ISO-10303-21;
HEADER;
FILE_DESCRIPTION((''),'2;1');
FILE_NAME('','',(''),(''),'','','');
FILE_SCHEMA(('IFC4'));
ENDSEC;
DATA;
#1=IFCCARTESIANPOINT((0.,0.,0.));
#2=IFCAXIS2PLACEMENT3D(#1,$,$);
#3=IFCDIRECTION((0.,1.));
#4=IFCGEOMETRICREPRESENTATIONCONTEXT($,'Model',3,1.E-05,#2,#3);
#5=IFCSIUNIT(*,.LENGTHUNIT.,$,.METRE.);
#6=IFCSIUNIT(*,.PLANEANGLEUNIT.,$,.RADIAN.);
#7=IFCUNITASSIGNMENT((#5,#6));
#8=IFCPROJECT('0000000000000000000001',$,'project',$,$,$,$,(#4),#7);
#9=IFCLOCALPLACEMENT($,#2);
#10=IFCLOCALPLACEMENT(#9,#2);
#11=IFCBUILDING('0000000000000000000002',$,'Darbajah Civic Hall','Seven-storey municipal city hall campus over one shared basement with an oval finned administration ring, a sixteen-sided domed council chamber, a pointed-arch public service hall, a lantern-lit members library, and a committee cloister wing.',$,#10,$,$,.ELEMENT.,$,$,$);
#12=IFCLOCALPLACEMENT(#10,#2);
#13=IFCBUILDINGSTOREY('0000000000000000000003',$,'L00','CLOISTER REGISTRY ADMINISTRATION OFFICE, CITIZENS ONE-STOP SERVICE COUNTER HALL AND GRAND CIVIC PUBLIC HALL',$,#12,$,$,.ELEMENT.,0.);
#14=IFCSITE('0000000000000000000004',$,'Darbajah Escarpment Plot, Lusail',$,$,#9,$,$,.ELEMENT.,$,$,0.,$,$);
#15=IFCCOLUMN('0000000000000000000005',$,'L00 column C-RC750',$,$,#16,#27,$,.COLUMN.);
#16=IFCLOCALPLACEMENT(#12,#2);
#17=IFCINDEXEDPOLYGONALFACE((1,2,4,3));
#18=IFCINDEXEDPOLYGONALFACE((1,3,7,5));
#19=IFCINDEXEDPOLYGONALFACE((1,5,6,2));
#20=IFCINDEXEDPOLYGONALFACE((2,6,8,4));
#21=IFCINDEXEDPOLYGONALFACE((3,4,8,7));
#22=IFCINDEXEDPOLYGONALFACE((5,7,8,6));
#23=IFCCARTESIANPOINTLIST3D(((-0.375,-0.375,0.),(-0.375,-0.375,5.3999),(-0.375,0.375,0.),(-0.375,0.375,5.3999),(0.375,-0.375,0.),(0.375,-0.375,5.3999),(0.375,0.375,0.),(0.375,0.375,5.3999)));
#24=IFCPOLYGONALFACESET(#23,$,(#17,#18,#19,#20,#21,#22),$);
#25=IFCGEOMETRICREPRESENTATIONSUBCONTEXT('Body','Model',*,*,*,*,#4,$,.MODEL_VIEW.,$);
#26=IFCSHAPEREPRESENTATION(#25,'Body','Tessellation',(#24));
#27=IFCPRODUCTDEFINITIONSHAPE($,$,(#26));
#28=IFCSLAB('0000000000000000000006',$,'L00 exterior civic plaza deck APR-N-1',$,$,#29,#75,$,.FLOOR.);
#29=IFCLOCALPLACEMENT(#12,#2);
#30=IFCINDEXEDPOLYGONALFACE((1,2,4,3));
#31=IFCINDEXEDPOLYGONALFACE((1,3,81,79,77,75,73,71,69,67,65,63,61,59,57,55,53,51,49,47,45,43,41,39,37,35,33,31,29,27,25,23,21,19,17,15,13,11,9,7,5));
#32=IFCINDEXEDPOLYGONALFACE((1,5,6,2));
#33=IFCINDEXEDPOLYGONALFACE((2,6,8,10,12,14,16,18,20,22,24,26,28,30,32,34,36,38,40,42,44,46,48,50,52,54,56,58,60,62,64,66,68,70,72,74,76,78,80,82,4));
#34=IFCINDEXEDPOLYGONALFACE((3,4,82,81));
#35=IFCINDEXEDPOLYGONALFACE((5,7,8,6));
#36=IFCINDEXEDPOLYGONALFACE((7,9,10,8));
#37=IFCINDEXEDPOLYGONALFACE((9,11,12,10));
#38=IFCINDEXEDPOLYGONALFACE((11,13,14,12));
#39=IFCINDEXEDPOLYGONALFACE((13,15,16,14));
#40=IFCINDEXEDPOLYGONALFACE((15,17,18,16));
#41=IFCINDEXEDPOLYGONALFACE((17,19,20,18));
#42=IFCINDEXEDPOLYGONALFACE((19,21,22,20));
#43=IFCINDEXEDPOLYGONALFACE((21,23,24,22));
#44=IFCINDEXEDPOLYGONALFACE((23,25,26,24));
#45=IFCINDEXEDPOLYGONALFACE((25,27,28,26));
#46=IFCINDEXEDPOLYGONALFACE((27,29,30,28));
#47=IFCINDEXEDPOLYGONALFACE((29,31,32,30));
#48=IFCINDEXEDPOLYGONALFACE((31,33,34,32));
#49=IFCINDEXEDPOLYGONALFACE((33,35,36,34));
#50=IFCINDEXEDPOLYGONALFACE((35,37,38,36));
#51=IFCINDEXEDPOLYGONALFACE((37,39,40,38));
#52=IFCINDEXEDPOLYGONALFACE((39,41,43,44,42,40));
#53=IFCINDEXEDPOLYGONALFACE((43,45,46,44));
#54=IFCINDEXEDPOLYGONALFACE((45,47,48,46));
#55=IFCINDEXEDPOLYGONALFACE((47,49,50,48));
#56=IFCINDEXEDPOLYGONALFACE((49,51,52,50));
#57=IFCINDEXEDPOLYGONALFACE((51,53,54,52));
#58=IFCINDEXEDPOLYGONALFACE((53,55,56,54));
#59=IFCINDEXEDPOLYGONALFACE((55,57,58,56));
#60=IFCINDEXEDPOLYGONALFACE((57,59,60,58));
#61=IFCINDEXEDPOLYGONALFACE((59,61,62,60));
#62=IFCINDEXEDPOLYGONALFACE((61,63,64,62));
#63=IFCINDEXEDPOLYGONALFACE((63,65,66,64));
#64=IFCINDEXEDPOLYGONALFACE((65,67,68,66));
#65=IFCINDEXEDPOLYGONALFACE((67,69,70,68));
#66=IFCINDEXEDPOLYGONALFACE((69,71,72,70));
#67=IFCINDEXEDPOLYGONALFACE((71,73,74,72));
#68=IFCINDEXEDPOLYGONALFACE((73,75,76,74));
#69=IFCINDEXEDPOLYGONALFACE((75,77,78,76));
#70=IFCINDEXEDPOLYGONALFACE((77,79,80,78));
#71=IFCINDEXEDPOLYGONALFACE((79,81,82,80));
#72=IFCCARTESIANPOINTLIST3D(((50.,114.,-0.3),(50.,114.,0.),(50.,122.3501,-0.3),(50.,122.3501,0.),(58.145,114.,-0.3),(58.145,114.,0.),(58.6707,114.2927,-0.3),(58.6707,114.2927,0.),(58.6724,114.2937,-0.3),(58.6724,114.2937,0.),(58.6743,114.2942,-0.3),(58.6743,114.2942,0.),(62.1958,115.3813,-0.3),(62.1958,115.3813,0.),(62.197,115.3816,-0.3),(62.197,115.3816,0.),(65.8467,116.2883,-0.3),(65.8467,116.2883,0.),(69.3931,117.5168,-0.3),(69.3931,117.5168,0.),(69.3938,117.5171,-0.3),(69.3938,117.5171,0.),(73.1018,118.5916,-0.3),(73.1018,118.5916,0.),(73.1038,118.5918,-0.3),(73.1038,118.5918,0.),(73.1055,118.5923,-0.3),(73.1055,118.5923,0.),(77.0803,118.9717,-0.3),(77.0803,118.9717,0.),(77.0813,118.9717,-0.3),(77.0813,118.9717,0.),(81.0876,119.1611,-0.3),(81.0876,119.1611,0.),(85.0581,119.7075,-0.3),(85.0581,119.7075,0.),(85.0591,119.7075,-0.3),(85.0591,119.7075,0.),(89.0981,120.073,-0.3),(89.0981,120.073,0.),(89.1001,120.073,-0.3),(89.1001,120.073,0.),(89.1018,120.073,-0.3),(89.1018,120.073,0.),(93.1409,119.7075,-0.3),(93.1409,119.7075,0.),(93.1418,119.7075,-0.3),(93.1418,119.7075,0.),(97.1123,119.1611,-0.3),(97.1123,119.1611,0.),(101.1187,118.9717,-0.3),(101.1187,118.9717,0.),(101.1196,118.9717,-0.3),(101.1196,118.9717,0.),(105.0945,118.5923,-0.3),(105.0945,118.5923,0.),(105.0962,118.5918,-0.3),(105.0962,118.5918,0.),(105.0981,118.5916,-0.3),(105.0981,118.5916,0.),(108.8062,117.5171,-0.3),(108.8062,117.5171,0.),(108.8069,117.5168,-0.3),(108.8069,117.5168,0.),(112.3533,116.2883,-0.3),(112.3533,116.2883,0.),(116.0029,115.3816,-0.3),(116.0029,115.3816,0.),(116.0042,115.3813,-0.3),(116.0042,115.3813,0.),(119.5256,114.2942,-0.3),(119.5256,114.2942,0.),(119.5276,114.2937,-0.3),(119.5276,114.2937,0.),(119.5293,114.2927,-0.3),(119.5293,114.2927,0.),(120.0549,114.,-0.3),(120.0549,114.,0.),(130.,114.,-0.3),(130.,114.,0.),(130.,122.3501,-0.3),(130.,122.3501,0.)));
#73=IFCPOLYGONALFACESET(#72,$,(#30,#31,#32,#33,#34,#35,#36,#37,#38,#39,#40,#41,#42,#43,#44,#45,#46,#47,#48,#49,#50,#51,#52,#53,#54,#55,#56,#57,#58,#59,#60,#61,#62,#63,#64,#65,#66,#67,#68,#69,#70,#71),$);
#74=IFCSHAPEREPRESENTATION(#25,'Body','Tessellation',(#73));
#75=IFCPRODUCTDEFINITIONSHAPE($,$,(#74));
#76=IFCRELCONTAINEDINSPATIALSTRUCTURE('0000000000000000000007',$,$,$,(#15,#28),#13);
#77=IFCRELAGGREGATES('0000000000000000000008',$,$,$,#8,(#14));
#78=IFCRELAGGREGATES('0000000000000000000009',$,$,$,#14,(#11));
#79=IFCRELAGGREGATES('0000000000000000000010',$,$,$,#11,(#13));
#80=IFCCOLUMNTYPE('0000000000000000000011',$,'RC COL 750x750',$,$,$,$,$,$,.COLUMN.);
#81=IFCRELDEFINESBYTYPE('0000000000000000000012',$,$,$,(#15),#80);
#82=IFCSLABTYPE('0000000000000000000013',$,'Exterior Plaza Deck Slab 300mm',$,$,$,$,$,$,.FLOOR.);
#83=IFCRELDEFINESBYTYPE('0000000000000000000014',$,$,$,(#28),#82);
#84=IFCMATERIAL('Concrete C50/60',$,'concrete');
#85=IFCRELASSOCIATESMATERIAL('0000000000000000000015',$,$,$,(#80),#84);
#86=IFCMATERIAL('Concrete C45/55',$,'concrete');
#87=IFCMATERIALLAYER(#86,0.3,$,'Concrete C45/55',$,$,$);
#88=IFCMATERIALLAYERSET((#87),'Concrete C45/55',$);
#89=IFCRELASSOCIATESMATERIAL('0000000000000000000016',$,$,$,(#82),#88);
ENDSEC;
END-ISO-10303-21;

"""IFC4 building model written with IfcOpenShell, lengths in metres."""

from ifc_helpers import new_model, si_unit, direction, frame, origin, origin_with_axes, origin_2d, place, context, subcontext, project, spatial, polyline, rectangle, outline, extrude, material, layer, layer_set, material_profile, profile_set, type_object, element, save


model = new_model("IFC4")

# Units and contexts
model_context = context("Model", 3, precision=1e-05, world=origin(), true_north=direction((0.0, 1.0)))
body_context = subcontext(model_context, "Body", "Model", "MODEL_VIEW")
ifc_project = project(units=[si_unit("LENGTHUNIT", "METRE"), si_unit("PLANEANGLEUNIT", "RADIAN")], contexts=[model_context])

# Site, building, storey
site_placement = place(None, origin())
site = spatial("IfcSite", under=ifc_project, at=site_placement, Name="Darbajah Escarpment Plot, Lusail", CompositionType="ELEMENT", RefElevation=0.0)
building_placement = place(site_placement, origin())
building = spatial("IfcBuilding", under=site, at=building_placement, Name="Darbajah Civic Hall", Description="Seven-storey municipal city hall campus over one shared basement with an oval finned administration ring, a sixteen-sided domed council chamber, a pointed-arch public service hall, a lantern-lit members library, and a committee cloister wing.", CompositionType="ELEMENT")
storey_placement = place(building_placement, origin())
storey = spatial("IfcBuildingStorey", under=building, at=storey_placement, Name="L00", Description="CLOISTER REGISTRY ADMINISTRATION OFFICE, CITIZENS ONE-STOP SERVICE COUNTER HALL AND GRAND CIVIC PUBLIC HALL", CompositionType="ELEMENT", Elevation=0.0)

# Column
ifc_material_1 = material(Name="Concrete C50/60", Category="concrete")
ifc_material_profile = material_profile(ifc_material_1, rectangle(XDim=0.75, YDim=0.75, at=origin_2d()), Name="RC COL 750x750")
ifc_profile_set = profile_set([ifc_material_profile], Name="Concrete C50/60")
column_type = type_object("IfcColumnType", Name="RC COL 750x750", PredefinedType="COLUMN", material=ifc_profile_set)
column_placement = place(storey_placement, origin_with_axes())
element("IfcColumn", 1, at=column_placement, inside=storey, type_object=column_type, Name="L00 column C-RC750", PredefinedType="COLUMN", context=body_context, shape_type="SweptSolid", body=[
    extrude(rectangle(XDim=0.75, YDim=0.75, at=origin_2d()), origin(), (0.0, 0.0, 1.0), 5.3999),
])

# Slab
ifc_material_2 = material(Name="Concrete C45/55", Category="concrete")
ifc_layer_1 = layer(ifc_material_2, 0.3, Name="Concrete C45/55")
ifc_layer_set_1 = layer_set([ifc_layer_1], Name="Concrete C45/55")
slab_type_1 = type_object("IfcSlabType", Name="Exterior Plaza Deck Slab 300mm", PredefinedType="FLOOR", material=ifc_layer_set_1)
slab_1_placement = place(storey_placement, frame((0.0, 0.0, -0.3)))
element("IfcSlab", 2, at=slab_1_placement, inside=storey, type_object=slab_type_1, Name="L00 exterior civic plaza deck APR-N-1", PredefinedType="FLOOR", context=body_context, shape_type="SweptSolid", body=[
    extrude(outline(polyline([(50.0, 114.0), (50.0, 122.3501), (130.0, 122.3501), (130.0, 114.0), (120.0549, 114.0), (119.5293, 114.2927), (119.5276, 114.2937), (119.5256, 114.2942), (116.0042, 115.3813), (116.0029, 115.3816), (112.3533, 116.2883), (108.8069, 117.5168), (108.8062, 117.5171), (105.0981, 118.5916), (105.0962, 118.5918), (105.0945, 118.5923), (101.1196, 118.9717), (101.1187, 118.9717), (97.1123, 119.1611), (93.1418, 119.7075), (93.1409, 119.7075), (89.1018, 120.073), (89.1001, 120.073), (89.0981, 120.073), (85.0591, 119.7075), (85.0581, 119.7075), (81.0876, 119.1611), (77.0813, 118.9717), (77.0803, 118.9717), (73.1055, 118.5923), (73.1038, 118.5918), (73.1018, 118.5916), (69.3938, 117.5171), (69.3931, 117.5168), (65.8467, 116.2883), (62.197, 115.3816), (62.1958, 115.3813), (58.6743, 114.2942), (58.6724, 114.2937), (58.6707, 114.2927), (58.145, 114.0), (50.0, 114.0)])), origin(), (0.0, 0.0, 1.0), 0.3),
])

save(model, "model.ifc")
